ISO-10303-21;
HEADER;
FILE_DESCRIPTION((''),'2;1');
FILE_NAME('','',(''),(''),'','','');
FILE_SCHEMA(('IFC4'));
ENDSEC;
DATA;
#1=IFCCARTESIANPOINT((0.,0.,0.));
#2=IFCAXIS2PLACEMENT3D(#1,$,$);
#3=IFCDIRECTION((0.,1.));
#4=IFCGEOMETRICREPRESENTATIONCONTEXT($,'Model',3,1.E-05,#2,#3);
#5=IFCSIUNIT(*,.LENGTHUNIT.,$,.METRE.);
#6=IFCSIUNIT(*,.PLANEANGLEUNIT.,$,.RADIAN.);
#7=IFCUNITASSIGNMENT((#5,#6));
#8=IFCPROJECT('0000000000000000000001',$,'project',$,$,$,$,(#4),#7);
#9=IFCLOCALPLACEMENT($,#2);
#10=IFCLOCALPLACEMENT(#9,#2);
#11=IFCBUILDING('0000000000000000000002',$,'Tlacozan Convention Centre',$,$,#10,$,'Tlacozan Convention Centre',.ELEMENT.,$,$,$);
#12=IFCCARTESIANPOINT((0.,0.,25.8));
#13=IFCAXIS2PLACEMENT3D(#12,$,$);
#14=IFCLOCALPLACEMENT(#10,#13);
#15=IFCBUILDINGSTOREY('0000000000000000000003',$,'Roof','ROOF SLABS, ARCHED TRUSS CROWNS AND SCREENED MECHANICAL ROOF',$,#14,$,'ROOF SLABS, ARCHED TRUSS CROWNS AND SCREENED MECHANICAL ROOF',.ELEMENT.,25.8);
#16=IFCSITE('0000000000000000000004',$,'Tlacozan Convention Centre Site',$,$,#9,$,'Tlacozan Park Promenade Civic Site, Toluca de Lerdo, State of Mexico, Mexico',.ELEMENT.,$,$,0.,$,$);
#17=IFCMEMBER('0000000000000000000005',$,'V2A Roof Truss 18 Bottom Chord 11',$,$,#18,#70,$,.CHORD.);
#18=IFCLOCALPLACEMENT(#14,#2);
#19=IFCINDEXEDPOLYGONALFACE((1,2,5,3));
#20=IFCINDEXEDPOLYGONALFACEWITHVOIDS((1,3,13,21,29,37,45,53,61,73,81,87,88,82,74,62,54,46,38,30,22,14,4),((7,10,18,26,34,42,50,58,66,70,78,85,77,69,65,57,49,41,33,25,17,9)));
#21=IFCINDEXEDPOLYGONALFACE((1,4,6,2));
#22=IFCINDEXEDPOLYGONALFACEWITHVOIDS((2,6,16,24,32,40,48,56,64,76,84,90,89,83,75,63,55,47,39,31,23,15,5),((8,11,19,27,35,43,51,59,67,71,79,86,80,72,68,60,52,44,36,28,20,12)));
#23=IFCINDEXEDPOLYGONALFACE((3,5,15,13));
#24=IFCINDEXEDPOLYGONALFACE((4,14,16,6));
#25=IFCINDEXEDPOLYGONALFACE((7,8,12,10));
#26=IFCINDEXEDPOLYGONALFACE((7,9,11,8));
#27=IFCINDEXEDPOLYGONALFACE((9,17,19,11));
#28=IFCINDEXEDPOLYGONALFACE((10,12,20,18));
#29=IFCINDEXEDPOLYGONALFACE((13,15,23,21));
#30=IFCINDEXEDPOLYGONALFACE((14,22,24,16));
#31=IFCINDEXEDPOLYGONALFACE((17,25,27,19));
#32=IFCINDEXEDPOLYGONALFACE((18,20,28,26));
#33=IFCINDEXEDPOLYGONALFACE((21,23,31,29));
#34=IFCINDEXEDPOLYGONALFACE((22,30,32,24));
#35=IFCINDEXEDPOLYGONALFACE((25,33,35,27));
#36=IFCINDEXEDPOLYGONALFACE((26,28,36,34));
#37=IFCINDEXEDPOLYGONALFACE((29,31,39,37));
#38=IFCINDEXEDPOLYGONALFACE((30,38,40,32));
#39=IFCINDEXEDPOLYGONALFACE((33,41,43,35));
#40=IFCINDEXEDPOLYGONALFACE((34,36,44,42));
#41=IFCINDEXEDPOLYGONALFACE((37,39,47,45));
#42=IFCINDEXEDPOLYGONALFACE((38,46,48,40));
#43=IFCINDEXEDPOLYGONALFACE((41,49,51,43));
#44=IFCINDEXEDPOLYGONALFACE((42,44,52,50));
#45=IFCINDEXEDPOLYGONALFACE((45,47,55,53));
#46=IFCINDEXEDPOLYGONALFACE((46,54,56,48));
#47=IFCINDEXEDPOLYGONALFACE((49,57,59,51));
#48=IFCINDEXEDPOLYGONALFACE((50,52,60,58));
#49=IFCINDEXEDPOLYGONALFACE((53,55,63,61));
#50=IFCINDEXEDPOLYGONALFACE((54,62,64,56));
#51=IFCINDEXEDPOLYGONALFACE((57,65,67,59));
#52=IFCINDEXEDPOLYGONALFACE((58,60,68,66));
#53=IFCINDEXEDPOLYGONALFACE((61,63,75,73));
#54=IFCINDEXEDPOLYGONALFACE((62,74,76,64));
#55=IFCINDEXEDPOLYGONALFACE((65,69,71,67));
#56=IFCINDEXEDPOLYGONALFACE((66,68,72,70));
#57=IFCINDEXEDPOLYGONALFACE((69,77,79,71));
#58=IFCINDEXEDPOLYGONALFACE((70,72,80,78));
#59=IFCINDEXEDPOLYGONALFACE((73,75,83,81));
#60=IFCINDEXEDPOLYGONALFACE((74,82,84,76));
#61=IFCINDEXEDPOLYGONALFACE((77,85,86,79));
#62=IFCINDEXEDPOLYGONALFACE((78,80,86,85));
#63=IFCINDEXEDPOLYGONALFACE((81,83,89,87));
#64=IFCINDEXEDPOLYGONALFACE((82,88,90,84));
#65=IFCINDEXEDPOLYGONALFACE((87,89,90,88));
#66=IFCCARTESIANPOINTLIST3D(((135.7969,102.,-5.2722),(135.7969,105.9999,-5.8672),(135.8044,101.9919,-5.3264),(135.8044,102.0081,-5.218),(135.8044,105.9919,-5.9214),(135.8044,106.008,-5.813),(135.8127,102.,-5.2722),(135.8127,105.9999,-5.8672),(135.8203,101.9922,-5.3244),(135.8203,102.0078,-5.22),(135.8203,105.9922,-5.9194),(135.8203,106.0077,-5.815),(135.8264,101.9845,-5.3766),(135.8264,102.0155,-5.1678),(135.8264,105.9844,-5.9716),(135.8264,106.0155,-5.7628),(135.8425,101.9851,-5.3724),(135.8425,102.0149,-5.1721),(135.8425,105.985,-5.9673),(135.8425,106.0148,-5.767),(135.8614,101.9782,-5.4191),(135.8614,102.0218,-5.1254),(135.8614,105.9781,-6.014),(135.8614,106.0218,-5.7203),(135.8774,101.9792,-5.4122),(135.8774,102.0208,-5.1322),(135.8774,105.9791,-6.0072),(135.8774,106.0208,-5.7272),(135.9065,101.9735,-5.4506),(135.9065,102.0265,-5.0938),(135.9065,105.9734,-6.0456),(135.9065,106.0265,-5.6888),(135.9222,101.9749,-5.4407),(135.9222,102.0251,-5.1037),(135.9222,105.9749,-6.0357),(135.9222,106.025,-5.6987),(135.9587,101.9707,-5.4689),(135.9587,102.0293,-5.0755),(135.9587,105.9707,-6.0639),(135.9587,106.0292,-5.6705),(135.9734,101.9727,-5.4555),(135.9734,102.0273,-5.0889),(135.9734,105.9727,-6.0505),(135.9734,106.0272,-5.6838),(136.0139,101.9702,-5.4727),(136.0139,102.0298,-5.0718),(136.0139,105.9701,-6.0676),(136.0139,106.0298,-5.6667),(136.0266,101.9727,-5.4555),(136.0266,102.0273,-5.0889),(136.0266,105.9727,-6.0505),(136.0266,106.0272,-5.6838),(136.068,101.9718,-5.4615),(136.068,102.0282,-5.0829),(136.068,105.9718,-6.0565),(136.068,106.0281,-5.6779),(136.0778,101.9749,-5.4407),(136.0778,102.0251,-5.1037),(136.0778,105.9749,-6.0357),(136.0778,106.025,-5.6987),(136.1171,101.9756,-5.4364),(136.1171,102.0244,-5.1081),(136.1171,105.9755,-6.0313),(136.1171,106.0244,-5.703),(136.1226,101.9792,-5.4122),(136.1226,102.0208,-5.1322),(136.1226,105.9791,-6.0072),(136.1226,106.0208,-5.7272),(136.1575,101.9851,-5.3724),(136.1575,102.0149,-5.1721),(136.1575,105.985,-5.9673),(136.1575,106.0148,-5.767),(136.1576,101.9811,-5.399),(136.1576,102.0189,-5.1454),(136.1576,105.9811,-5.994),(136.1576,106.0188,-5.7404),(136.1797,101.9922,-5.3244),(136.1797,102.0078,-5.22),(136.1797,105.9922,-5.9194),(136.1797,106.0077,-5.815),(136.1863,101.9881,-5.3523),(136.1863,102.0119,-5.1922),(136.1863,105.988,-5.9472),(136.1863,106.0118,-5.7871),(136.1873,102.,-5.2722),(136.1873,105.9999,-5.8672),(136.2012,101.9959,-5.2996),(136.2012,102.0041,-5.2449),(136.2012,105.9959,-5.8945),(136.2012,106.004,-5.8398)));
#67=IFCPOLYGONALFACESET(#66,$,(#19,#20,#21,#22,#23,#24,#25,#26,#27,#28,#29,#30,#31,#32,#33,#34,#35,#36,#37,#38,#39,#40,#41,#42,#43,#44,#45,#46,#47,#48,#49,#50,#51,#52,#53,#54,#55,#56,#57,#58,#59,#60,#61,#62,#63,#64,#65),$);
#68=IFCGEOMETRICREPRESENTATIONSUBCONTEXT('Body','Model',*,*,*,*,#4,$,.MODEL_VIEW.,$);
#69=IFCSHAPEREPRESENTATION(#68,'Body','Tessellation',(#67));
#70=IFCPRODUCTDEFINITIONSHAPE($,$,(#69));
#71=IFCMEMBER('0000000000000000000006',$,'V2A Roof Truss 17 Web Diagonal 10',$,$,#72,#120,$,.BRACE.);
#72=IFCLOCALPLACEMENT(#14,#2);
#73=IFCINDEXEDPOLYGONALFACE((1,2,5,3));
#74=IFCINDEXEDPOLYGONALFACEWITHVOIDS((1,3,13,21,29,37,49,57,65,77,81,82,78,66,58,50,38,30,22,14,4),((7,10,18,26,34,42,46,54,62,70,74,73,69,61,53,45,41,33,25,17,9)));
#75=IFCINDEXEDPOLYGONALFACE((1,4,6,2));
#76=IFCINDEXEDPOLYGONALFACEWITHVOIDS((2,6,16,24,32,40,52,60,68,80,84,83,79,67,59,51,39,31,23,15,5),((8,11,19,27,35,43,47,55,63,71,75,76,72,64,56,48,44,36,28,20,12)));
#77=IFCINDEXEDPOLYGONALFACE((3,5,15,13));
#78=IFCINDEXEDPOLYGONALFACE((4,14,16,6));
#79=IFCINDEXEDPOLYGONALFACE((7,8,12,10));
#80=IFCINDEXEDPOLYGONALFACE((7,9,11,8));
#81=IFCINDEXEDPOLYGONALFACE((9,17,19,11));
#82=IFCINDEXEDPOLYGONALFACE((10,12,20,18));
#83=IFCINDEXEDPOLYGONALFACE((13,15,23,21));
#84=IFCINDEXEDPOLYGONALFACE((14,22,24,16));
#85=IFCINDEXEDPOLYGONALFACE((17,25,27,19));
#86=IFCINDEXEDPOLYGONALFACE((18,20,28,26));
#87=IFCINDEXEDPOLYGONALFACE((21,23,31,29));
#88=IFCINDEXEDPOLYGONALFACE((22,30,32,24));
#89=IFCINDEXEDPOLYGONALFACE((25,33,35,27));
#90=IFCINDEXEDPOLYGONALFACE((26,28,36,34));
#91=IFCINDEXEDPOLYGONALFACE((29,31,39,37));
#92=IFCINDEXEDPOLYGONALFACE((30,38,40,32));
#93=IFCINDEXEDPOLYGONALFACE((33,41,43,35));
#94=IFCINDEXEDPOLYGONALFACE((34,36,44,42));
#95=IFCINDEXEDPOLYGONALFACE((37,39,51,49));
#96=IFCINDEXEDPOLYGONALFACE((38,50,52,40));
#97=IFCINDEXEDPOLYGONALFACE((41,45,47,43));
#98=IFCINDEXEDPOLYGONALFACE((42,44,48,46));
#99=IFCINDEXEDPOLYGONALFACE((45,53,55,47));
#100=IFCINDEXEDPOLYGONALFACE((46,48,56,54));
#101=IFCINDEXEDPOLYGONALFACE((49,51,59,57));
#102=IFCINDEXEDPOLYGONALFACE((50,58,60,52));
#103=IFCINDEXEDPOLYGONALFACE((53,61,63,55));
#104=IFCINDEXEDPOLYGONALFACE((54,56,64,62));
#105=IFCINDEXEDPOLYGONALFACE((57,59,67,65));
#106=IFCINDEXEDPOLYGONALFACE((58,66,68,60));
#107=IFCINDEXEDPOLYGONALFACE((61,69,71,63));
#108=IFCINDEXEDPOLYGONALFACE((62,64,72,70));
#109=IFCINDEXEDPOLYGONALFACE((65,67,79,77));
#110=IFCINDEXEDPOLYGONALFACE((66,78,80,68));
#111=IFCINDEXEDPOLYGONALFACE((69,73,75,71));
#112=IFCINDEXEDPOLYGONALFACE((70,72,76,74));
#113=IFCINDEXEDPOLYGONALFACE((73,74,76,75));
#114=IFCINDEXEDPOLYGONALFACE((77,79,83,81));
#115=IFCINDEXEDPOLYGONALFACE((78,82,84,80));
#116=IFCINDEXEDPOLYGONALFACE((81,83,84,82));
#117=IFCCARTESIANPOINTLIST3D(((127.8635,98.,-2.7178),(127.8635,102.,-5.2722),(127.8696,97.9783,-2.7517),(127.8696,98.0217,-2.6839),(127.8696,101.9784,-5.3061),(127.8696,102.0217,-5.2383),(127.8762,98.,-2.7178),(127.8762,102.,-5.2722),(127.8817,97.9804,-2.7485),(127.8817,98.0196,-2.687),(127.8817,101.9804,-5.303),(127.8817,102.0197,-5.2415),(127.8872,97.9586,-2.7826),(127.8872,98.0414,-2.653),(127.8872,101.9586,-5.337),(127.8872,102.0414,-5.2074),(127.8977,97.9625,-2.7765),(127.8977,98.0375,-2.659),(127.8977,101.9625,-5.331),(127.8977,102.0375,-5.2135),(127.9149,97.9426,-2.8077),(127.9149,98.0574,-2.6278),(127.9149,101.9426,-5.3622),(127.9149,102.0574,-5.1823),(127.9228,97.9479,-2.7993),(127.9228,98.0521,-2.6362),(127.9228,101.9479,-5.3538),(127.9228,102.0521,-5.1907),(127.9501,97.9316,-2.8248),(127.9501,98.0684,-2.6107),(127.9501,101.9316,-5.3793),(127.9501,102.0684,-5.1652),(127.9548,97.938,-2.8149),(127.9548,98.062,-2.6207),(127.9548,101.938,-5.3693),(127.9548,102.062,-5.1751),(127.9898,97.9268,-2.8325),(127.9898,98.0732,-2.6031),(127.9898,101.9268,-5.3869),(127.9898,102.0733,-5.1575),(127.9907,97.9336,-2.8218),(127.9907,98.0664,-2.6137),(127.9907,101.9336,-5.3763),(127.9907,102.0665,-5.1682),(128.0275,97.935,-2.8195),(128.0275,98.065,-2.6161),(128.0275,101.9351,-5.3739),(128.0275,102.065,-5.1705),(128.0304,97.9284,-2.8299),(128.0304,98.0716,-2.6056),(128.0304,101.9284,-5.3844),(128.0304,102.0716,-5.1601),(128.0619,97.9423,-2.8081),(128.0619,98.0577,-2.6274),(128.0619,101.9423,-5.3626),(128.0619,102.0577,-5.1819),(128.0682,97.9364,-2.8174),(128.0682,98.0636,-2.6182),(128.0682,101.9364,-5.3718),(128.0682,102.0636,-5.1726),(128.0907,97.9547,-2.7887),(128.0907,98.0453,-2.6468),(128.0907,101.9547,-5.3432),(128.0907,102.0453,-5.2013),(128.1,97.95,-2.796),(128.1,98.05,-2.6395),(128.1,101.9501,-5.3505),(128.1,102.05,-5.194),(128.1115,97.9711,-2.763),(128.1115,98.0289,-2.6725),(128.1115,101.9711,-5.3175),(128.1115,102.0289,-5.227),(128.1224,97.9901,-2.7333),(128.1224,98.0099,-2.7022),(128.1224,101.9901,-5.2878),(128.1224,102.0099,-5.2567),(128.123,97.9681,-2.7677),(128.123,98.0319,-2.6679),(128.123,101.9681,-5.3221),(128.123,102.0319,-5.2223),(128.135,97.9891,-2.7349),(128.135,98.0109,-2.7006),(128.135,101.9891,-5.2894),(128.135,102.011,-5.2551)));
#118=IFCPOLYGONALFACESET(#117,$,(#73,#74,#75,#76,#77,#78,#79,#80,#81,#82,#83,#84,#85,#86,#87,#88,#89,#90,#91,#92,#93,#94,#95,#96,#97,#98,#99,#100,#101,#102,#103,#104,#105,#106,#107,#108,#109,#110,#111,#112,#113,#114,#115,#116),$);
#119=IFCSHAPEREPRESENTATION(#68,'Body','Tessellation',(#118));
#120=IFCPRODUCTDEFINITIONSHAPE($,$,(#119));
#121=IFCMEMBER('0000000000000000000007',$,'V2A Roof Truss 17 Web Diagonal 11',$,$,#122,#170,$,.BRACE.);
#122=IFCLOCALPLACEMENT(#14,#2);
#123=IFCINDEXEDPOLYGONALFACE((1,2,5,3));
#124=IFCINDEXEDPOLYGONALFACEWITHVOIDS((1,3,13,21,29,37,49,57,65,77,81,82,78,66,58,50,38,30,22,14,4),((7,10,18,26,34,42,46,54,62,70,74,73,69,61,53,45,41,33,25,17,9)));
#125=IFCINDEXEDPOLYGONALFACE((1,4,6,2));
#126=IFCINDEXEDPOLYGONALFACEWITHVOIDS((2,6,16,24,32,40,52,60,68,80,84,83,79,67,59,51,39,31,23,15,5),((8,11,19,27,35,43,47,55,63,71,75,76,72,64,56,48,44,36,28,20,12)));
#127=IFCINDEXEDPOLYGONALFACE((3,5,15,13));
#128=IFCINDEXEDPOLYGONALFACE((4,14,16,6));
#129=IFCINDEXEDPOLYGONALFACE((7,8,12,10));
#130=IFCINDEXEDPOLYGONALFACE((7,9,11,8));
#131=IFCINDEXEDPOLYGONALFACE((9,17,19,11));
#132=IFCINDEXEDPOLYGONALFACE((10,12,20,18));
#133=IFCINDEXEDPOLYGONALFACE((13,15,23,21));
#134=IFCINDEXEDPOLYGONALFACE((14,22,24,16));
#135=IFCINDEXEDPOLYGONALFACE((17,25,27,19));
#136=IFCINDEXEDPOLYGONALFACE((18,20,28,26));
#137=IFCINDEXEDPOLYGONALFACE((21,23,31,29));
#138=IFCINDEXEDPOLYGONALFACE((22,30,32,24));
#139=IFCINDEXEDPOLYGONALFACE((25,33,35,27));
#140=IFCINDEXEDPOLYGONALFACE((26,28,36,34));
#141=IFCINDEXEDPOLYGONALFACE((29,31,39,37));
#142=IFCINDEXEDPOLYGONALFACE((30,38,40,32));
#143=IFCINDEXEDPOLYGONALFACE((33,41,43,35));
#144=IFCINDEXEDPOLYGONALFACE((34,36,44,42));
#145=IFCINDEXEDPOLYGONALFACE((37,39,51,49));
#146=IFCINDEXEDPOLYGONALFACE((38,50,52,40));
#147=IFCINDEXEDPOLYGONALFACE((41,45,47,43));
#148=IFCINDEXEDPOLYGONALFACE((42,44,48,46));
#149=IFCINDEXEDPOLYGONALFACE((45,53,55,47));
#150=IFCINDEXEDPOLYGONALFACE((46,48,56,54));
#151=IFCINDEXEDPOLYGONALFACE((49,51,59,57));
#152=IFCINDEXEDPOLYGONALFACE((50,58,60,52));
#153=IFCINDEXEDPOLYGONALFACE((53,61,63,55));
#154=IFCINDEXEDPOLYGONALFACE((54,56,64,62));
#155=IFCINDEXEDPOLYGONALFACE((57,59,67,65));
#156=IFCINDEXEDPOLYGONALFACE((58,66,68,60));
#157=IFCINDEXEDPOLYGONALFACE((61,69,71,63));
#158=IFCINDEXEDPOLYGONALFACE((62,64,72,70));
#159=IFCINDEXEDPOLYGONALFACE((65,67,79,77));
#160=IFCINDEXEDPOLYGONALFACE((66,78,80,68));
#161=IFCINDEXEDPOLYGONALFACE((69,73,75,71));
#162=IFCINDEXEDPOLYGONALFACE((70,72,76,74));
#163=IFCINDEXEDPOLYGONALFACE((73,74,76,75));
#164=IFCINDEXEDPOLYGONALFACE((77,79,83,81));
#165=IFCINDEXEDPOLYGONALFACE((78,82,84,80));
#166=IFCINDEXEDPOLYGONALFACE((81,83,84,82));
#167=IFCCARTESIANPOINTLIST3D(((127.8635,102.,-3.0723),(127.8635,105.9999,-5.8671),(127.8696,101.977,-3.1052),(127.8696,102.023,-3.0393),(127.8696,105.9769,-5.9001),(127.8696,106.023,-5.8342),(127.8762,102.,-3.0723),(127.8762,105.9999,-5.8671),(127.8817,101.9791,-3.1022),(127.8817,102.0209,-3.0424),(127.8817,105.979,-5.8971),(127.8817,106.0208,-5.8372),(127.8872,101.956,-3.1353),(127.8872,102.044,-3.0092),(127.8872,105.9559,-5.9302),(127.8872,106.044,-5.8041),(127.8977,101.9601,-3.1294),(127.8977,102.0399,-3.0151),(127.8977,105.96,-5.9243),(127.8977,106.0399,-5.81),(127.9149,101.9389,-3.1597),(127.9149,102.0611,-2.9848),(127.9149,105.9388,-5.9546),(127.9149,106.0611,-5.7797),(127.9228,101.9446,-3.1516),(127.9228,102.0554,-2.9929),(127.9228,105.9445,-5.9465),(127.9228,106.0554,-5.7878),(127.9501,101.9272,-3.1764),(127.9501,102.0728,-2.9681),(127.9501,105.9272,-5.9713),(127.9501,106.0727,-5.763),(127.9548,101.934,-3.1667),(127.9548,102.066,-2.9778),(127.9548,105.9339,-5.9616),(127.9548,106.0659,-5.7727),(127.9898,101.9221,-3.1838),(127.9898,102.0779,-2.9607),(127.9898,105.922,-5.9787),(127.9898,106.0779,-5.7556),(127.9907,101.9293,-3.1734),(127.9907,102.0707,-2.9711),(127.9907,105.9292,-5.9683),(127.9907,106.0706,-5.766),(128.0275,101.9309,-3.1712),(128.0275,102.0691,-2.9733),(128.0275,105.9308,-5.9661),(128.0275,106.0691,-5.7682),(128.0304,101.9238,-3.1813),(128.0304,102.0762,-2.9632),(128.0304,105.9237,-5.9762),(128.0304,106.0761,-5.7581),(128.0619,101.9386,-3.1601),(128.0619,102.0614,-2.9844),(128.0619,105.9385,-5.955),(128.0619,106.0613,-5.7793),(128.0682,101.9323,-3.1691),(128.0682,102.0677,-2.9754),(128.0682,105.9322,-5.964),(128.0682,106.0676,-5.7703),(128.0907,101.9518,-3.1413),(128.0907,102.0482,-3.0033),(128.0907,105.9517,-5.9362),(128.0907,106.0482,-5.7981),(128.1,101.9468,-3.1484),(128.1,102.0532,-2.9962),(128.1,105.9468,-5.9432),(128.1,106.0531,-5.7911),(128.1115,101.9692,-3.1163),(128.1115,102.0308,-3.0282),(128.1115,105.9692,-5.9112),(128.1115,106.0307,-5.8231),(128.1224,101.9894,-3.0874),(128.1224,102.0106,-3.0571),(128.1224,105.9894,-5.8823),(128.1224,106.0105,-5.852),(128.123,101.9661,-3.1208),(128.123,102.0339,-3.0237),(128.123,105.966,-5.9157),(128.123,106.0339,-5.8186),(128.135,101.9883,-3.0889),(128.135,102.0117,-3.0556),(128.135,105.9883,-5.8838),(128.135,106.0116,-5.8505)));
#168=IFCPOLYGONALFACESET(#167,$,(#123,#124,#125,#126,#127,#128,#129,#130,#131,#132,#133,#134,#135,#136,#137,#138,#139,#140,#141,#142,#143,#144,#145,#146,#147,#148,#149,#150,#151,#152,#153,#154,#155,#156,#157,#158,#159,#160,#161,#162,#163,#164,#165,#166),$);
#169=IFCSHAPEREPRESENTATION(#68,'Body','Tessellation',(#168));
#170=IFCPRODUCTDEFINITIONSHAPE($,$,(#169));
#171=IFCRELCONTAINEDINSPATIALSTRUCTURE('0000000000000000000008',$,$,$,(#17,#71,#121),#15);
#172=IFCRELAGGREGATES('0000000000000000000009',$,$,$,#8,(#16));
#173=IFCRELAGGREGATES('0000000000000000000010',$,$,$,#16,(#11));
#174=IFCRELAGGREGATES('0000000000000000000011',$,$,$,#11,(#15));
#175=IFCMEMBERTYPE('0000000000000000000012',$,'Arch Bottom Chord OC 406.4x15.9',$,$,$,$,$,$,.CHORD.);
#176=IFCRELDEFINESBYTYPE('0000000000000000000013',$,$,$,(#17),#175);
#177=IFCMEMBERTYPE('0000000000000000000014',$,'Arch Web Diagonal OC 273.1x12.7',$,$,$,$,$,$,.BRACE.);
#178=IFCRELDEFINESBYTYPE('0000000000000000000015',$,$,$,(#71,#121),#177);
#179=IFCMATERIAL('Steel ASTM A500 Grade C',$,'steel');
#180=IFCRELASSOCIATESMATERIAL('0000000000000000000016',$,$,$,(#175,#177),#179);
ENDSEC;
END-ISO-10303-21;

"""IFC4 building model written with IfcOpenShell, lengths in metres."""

from ifc_helpers import new_model, si_unit, direction, frame, origin, origin_2d, place, context, subcontext, project, spatial, hollow_circle, extrude, material, material_profile, profile_set, type_object, element, save


model = new_model("IFC4")

# Units and contexts
model_context = context("Model", 3, precision=1e-05, world=origin(), true_north=direction((0.0, 1.0)))
body_context = subcontext(model_context, "Body", "Model", "MODEL_VIEW")
ifc_project = project(units=[si_unit("LENGTHUNIT", "METRE"), si_unit("PLANEANGLEUNIT", "RADIAN")], contexts=[model_context])

# Site, building, storey
site_placement = place(None, origin())
site = spatial("IfcSite", under=ifc_project, at=site_placement, Name="Tlacozan Convention Centre Site", LongName="Tlacozan Park Promenade Civic Site, Toluca de Lerdo, State of Mexico, Mexico", CompositionType="ELEMENT", RefElevation=0.0)
building_placement = place(site_placement, origin())
building = spatial("IfcBuilding", under=site, at=building_placement, Name="Tlacozan Convention Centre", LongName="Tlacozan Convention Centre", CompositionType="ELEMENT")
storey_placement = place(building_placement, frame((0.0, 0.0, 25.8)))
storey = spatial("IfcBuildingStorey", under=building, at=storey_placement, Name="Roof", Description="ROOF SLABS, ARCHED TRUSS CROWNS AND SCREENED MECHANICAL ROOF", LongName="ROOF SLABS, ARCHED TRUSS CROWNS AND SCREENED MECHANICAL ROOF", CompositionType="ELEMENT", Elevation=25.8)

# Members
ifc_material_1 = material(Name="Steel ASTM A500 Grade C", Category="steel")
ifc_material_profile_1 = material_profile(ifc_material_1, hollow_circle(Radius=0.2031, WallThickness=0.0159, at=origin_2d()), Name="OC 406.4x15.9")
ifc_profile_set_1 = profile_set([ifc_material_profile_1], Name="Steel ASTM A500 Grade C")
member_type_1 = type_object("IfcMemberType", Name="Arch Bottom Chord OC 406.4x15.9", PredefinedType="CHORD", material=ifc_profile_set_1)
member_1_placement = place(storey_placement, frame((136.0, 102.0, -5.2722), z_axis=(0.0, 0.989118, -0.147124), x_axis=(-1.0, 0.0, 0.0)))
element("IfcMember", 1, at=member_1_placement, inside=storey, type_object=member_type_1, Name="V2A Roof Truss 18 Bottom Chord 11", PredefinedType="CHORD", context=body_context, shape_type="SweptSolid", body=[
    extrude(hollow_circle(Radius=0.2031, WallThickness=0.0159, at=origin_2d()), origin(), (0.0, 0.0, 1.0), 4.0439),
])
ifc_material_profile_2 = material_profile(ifc_material_1, hollow_circle(Radius=0.1365, WallThickness=0.0127, at=origin_2d()), Name="OC 273.1x12.7")
ifc_profile_set_2 = profile_set([ifc_material_profile_2], Name="Steel ASTM A500 Grade C")
member_type_2 = type_object("IfcMemberType", Name="Arch Web Diagonal OC 273.1x12.7", PredefinedType="BRACE", material=ifc_profile_set_2)
member_2_placement = place(storey_placement, frame((128.0, 98.0, -2.7178), z_axis=(0.0, 0.842803, -0.538223), x_axis=(-1.0, 0.0, 0.0)))
element("IfcMember", 2, at=member_2_placement, inside=storey, type_object=member_type_2, Name="V2A Roof Truss 17 Web Diagonal 10", PredefinedType="BRACE", context=body_context, shape_type="SweptSolid", body=[
    extrude(hollow_circle(Radius=0.1365, WallThickness=0.0127, at=origin_2d()), origin(), (0.0, 0.0, 1.0), 4.7461),
])
member_3_placement = place(storey_placement, frame((128.0, 102.0, -3.0723), z_axis=(0.0, 0.819721, -0.572764), x_axis=(-1.0, 0.0, 0.0)))
element("IfcMember", 3, at=member_3_placement, inside=storey, type_object=member_type_2, Name="V2A Roof Truss 17 Web Diagonal 11", PredefinedType="BRACE", context=body_context, shape_type="SweptSolid", body=[
    extrude(hollow_circle(Radius=0.1365, WallThickness=0.0127, at=origin_2d()), origin(), (0.0, 0.0, 1.0), 4.8796),
])

save(model, "model.ifc")
